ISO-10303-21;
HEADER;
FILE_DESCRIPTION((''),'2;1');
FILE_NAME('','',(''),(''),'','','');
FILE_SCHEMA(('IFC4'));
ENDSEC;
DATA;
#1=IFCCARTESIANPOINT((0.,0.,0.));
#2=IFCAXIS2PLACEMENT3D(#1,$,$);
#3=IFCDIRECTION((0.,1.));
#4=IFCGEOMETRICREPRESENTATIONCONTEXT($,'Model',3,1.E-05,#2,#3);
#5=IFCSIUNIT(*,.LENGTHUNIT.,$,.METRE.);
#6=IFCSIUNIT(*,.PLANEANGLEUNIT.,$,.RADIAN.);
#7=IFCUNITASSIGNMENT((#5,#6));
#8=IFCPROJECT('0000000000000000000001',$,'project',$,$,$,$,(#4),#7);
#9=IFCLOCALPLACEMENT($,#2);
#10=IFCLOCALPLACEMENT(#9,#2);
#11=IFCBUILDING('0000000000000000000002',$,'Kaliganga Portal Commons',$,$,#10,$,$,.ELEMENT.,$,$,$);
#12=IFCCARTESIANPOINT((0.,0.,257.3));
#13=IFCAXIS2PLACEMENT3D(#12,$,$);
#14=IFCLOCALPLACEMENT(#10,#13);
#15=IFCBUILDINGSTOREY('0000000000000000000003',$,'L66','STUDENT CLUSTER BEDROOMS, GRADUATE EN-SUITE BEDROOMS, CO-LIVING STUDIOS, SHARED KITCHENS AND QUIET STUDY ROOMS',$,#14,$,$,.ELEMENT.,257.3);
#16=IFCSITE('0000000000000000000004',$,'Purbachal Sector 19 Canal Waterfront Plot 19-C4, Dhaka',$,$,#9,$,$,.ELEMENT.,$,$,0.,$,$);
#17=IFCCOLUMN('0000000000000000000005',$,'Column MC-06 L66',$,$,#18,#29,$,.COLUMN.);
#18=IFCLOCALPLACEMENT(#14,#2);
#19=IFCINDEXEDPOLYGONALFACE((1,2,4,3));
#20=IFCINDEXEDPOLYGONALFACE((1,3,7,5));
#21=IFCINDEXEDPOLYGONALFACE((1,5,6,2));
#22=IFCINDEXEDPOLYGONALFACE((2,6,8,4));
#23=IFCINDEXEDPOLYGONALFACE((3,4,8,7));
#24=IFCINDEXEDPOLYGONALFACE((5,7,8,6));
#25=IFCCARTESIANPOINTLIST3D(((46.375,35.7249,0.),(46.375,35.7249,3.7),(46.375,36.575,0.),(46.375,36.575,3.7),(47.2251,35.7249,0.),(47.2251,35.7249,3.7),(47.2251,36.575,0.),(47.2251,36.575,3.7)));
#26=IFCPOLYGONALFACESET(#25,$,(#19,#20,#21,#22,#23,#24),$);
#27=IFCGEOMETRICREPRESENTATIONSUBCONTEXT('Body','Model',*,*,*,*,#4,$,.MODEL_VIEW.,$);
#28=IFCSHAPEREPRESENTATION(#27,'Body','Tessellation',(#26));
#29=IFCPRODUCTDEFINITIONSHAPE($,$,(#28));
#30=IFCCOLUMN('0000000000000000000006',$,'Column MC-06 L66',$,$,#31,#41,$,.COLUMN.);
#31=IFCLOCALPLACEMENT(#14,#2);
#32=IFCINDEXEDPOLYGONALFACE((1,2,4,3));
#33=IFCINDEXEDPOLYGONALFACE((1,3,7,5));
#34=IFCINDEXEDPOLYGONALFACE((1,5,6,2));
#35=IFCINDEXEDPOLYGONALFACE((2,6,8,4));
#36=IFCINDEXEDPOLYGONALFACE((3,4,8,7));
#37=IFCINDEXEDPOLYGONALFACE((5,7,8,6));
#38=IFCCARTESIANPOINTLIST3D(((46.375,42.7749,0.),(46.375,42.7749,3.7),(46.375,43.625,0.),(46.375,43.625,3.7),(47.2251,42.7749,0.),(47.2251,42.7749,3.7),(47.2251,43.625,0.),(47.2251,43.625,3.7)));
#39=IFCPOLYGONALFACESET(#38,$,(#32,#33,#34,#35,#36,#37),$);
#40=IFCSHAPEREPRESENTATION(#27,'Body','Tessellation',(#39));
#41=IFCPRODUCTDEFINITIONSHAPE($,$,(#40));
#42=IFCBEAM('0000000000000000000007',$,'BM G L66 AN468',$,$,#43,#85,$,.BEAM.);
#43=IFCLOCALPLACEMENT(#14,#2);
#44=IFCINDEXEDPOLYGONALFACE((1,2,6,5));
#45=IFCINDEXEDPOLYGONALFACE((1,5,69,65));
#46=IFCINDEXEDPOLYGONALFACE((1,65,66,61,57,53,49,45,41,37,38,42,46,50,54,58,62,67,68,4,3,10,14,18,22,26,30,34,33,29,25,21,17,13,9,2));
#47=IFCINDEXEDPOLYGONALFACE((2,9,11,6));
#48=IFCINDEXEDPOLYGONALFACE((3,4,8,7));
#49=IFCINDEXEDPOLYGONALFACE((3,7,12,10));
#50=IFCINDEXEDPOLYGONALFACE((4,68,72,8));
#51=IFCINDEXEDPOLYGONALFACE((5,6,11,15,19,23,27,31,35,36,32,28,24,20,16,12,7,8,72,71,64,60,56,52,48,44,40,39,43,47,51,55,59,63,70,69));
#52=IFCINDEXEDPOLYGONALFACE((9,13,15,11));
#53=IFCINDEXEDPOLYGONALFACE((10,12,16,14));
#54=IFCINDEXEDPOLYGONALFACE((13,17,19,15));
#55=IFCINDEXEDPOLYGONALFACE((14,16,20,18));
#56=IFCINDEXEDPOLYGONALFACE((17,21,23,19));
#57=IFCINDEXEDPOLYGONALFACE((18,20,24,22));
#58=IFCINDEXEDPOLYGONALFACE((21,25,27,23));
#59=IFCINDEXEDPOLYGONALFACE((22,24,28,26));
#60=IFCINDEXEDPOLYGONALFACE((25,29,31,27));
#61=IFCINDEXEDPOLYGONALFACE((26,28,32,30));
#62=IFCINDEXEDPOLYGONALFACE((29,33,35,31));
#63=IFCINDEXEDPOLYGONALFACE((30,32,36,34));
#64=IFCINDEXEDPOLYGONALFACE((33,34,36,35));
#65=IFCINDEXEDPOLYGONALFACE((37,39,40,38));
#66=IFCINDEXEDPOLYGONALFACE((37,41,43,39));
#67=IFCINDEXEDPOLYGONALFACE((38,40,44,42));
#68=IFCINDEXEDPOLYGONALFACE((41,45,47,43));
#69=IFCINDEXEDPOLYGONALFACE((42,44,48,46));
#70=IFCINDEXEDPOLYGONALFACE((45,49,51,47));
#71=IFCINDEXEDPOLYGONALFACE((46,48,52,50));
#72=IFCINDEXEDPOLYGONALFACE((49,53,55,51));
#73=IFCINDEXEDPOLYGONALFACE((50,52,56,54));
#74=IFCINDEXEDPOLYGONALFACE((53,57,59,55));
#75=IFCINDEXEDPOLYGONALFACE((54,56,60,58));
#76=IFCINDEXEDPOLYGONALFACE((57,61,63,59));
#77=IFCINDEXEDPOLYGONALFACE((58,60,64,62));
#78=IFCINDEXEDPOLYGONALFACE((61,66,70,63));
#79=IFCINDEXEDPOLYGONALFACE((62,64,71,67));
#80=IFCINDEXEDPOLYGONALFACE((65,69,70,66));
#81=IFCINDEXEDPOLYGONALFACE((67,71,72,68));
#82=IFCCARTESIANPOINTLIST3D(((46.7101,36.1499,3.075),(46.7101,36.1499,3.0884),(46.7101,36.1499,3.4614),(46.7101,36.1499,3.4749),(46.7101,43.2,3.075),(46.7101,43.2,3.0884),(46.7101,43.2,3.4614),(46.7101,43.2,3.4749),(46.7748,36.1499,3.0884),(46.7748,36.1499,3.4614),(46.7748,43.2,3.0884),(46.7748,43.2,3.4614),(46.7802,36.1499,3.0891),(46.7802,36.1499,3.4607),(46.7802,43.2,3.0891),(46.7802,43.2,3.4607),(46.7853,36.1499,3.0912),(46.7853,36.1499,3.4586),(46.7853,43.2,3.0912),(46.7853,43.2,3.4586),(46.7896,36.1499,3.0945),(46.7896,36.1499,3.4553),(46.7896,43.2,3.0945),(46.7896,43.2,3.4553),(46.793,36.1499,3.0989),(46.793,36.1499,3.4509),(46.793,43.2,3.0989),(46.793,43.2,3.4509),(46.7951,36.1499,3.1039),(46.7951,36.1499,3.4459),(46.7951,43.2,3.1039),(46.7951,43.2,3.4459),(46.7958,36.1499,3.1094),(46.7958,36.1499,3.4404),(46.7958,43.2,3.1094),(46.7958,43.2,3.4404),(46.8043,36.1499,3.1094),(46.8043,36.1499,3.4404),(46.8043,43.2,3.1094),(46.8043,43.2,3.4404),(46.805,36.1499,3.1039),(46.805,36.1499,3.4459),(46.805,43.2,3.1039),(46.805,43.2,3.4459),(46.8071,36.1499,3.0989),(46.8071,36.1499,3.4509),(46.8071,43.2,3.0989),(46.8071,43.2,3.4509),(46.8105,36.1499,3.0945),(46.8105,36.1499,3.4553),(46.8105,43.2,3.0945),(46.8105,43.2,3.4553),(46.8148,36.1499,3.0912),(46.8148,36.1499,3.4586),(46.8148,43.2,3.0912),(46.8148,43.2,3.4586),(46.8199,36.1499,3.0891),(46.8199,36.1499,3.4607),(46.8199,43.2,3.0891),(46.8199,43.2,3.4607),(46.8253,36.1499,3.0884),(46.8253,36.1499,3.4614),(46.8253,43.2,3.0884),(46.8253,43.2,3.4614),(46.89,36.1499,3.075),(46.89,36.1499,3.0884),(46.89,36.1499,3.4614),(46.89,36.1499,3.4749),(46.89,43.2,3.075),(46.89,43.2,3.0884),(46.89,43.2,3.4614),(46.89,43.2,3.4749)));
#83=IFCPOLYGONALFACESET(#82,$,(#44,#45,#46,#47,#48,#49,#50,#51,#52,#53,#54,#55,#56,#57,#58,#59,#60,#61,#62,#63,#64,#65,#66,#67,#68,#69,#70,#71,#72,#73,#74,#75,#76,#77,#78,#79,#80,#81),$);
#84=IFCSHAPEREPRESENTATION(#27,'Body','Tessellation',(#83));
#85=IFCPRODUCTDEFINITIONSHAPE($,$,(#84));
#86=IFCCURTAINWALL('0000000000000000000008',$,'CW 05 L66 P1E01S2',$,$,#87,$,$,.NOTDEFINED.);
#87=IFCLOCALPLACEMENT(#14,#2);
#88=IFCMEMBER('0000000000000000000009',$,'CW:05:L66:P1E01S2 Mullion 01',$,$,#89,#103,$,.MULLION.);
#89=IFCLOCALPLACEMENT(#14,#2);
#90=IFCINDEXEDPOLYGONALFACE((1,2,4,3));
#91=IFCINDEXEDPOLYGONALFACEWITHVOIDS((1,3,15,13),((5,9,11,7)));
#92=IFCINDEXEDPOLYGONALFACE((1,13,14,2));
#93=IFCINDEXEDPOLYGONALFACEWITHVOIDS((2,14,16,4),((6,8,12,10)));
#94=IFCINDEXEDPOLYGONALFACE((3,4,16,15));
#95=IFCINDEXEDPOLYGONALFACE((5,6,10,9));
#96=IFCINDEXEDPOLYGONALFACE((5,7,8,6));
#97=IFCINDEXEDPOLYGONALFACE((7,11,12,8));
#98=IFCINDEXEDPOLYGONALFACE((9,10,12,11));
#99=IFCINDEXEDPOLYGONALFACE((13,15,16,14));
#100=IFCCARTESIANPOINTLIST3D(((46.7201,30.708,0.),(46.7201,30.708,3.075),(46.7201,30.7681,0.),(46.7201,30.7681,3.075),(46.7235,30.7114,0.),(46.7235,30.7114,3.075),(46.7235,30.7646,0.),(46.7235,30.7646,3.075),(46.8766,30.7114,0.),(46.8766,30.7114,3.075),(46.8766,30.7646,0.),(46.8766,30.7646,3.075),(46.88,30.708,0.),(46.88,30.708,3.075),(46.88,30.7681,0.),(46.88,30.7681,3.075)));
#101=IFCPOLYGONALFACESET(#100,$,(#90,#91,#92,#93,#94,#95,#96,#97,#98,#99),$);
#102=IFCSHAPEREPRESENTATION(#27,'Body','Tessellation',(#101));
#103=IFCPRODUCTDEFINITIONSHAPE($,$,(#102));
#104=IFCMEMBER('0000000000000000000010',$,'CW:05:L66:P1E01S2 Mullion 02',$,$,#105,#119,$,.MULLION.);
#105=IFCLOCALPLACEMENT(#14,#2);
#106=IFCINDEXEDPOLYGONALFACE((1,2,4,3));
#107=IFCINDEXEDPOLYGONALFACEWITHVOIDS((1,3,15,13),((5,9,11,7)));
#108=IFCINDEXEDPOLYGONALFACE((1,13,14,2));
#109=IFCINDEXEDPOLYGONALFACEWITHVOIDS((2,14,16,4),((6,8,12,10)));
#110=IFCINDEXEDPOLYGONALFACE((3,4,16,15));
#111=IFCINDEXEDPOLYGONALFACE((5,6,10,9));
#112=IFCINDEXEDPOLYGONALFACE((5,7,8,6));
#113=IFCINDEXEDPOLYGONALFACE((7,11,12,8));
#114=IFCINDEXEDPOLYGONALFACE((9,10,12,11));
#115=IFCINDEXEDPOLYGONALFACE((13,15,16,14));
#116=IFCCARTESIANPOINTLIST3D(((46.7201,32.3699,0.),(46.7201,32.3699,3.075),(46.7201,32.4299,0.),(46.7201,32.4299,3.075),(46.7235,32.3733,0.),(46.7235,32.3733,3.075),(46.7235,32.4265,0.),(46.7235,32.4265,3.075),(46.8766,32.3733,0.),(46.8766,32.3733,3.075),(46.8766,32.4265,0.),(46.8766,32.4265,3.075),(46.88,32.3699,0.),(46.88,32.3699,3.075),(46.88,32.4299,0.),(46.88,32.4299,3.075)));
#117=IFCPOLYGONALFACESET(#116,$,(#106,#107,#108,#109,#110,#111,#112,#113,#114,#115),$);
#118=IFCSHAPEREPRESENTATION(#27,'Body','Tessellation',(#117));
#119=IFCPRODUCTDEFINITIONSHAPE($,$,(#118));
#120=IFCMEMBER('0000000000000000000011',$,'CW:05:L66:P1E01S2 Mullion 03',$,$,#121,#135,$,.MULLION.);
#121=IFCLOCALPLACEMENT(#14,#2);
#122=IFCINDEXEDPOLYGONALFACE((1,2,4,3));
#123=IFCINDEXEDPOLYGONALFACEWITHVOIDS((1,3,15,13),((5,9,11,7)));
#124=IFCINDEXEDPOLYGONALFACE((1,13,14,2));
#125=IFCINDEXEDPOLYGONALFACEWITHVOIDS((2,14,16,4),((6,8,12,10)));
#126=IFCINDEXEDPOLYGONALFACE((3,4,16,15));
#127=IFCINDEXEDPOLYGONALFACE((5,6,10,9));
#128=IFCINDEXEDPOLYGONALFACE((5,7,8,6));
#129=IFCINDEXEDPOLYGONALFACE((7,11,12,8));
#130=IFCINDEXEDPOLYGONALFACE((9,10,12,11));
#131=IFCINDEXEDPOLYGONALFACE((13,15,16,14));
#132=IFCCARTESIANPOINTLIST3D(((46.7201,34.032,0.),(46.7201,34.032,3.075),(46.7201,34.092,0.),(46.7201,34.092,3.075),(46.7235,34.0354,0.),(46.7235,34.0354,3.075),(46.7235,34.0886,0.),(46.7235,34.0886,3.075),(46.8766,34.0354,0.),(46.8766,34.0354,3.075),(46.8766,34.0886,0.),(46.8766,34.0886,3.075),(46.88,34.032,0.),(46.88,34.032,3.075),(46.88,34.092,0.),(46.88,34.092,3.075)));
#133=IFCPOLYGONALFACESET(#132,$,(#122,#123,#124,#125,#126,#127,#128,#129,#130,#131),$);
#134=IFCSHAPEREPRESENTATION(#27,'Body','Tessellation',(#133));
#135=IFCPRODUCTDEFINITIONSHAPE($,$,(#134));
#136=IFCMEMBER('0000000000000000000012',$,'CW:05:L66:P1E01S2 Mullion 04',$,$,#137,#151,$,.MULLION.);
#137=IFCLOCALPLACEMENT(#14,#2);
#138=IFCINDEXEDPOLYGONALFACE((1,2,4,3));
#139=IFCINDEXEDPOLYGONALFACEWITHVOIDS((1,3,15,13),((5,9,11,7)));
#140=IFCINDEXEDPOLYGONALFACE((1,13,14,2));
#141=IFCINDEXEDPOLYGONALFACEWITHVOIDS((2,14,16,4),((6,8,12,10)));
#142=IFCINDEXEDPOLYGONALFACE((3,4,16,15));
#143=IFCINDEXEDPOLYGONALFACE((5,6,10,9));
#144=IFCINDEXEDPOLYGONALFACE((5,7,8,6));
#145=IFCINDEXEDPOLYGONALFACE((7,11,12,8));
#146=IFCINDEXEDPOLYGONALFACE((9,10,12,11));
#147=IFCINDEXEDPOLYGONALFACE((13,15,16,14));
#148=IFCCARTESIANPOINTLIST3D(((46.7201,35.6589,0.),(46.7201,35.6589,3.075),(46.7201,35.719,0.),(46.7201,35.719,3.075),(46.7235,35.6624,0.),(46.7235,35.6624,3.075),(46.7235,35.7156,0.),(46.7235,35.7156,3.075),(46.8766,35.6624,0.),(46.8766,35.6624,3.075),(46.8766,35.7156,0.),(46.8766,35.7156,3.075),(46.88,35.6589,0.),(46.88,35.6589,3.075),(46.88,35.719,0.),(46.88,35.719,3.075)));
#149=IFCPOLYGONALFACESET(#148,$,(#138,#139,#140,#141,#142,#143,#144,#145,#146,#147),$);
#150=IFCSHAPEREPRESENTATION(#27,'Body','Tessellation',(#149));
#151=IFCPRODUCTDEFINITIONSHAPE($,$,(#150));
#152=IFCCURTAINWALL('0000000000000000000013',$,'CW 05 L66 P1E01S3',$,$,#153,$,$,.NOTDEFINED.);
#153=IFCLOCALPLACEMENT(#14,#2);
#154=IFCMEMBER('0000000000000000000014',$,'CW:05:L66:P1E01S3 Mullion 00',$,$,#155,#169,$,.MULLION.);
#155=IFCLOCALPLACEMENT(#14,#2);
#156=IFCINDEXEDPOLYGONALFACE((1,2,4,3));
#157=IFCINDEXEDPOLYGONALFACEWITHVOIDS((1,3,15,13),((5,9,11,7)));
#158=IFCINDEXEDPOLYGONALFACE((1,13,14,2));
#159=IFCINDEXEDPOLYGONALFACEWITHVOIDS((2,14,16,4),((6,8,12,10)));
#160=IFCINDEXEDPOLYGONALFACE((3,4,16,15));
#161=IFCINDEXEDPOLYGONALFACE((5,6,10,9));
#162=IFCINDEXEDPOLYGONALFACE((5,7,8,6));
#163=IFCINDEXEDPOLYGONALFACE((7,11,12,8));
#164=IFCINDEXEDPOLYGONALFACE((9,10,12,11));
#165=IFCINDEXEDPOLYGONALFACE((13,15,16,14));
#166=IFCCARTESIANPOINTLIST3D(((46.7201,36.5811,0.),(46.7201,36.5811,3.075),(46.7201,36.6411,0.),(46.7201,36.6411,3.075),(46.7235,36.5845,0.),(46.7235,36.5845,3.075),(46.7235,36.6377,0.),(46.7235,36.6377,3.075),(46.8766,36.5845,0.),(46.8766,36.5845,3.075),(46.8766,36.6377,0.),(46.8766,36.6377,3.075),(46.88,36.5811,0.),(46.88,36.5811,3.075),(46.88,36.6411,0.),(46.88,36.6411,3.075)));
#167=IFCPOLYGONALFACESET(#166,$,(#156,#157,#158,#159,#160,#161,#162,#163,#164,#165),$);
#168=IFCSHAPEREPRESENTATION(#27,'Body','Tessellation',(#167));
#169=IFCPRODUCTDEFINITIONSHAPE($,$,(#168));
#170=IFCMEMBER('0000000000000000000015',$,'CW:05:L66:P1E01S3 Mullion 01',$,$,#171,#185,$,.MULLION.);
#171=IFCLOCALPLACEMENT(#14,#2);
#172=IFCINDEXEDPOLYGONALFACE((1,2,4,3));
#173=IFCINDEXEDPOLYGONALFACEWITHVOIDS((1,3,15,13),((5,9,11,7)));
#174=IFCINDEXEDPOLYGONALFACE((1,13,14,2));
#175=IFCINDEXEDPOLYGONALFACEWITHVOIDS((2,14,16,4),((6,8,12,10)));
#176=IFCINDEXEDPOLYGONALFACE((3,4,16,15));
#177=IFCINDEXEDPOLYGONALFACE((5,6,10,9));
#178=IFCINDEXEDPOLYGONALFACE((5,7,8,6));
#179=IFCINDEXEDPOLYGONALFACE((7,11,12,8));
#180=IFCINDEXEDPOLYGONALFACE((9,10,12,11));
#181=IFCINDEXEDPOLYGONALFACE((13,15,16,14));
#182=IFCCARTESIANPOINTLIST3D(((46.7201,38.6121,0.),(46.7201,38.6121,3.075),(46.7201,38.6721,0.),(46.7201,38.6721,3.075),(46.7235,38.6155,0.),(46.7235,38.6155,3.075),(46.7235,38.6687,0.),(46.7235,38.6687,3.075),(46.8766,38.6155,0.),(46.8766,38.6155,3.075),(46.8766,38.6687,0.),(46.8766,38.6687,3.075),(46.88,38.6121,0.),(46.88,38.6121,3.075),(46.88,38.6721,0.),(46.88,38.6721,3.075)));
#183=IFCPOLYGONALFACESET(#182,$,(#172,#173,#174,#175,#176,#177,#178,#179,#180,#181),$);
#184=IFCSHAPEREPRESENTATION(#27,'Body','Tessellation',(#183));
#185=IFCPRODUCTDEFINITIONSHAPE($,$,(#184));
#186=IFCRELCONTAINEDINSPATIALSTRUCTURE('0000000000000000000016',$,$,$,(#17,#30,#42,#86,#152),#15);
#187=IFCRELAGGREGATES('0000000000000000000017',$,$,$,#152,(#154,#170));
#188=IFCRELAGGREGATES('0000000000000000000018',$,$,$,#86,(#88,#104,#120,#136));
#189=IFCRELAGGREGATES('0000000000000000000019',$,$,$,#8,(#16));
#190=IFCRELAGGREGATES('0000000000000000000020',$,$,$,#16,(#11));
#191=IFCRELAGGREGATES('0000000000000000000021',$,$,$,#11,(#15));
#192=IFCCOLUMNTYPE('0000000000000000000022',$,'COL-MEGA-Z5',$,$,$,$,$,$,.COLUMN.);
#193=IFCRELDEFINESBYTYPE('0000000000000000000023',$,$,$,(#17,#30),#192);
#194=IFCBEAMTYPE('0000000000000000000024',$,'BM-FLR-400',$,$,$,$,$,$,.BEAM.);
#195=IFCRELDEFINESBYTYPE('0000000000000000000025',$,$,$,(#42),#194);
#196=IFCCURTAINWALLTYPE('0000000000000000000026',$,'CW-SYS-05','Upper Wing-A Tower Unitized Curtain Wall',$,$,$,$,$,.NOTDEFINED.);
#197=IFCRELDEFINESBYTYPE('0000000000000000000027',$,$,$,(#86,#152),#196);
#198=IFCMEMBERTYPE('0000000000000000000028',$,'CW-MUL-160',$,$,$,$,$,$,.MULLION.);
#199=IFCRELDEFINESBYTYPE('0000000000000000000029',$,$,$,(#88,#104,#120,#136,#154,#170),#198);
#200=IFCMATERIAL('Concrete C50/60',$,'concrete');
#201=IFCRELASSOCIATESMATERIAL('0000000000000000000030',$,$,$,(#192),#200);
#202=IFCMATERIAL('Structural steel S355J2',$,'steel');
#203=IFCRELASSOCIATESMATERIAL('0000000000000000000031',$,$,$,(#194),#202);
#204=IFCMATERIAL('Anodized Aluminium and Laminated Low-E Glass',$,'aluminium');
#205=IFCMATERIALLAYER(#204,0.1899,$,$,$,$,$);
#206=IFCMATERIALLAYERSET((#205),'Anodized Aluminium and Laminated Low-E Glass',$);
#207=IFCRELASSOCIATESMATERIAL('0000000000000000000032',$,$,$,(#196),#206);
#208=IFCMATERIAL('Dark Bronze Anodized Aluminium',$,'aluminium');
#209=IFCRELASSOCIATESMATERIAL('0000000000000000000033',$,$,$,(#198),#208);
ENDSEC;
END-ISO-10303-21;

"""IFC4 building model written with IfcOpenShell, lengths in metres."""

from ifc_helpers import new_model, si_unit, direction, frame, origin, origin_2d, place, context, subcontext, project, spatial, rectangle, hollow_rectangle, i_section, extrude, source, transform, mapped, material, layer, layer_set, material_profile, profile_set, type_object, element, aggregate, save


model = new_model("IFC4")

# Units and contexts
model_context = context("Model", 3, precision=1e-05, world=origin(), true_north=direction((0.0, 1.0)))
body_context = subcontext(model_context, "Body", "Model", "MODEL_VIEW")
ifc_project = project(units=[si_unit("LENGTHUNIT", "METRE"), si_unit("PLANEANGLEUNIT", "RADIAN")], contexts=[model_context])

# Site, building, storey
site_placement = place(None, origin())
site = spatial("IfcSite", under=ifc_project, at=site_placement, Name="Purbachal Sector 19 Canal Waterfront Plot 19-C4, Dhaka", CompositionType="ELEMENT", RefElevation=0.0)
building_placement = place(site_placement, origin())
building = spatial("IfcBuilding", under=site, at=building_placement, Name="Kaliganga Portal Commons", CompositionType="ELEMENT")
storey_placement = place(building_placement, frame((0.0, 0.0, 257.3)))
storey = spatial("IfcBuildingStorey", under=building, at=storey_placement, Name="L66", Description="STUDENT CLUSTER BEDROOMS, GRADUATE EN-SUITE BEDROOMS, CO-LIVING STUDIOS, SHARED KITCHENS AND QUIET STUDY ROOMS", CompositionType="ELEMENT", Elevation=257.3)

# Columns
ifc_material_1 = material(Name="Concrete C50/60", Category="concrete")
ifc_material_profile_1 = material_profile(ifc_material_1, rectangle(XDim=0.8501, YDim=0.8501, at=origin_2d()), Name="RC 850x850")
ifc_profile_set_1 = profile_set([ifc_material_profile_1], Name="Concrete C50/60")
column_type = type_object("IfcColumnType", Name="COL-MEGA-Z5", PredefinedType="COLUMN", material=ifc_profile_set_1)
shared_shape_1 = source(origin(), body_context, "Body", "SweptSolid", [
    extrude(rectangle(XDim=0.8501, YDim=0.8501, at=origin_2d()), origin(), (0.0, 0.0, 1.0), 3.7),
])
for number, where, z_axis, x_axis, name in (
    (1, (46.8, 36.1499, 0.0), (0.0, 0.0, 1.0), (1.0, 0.0, 0.0), "Column MC-06 L66"),
    (2, (46.8, 43.2, 0.0), (0.0, 0.0, 1.0), (1.0, 0.0, 0.0), "Column MC-06 L66"),
):
    element("IfcColumn", number, at=place(storey_placement, frame(where, z_axis=z_axis, x_axis=x_axis)), inside=storey, type_object=column_type, Name=name, PredefinedType="COLUMN", context=body_context, shape_type="MappedRepresentation", body=[
        mapped(shared_shape_1, transform((0.0, 0.0, 0.0), x_axis=(1.0, 0.0, 0.0), y_axis=(0.0, 1.0, 0.0), z_axis=(0.0, 0.0, 1.0), scale=1.0)),
    ])

# Beam
ifc_material_2 = material(Name="Structural steel S355J2", Category="steel")
ifc_material_profile_2 = material_profile(ifc_material_2, i_section(OverallWidth=0.1799, OverallDepth=0.3999, WebThickness=0.0085, FlangeThickness=0.0134, FilletRadius=0.021, at=origin_2d()), Name="IPE 400")
ifc_profile_set_2 = profile_set([ifc_material_profile_2], Name="Structural steel S355J2 wide-flange")
beam_type = type_object("IfcBeamType", Name="BM-FLR-400", PredefinedType="BEAM", material=ifc_profile_set_2)
shared_shape_2 = source(origin(), body_context, "Body", "SweptSolid", [
    extrude(i_section(OverallWidth=0.1799, OverallDepth=0.3999, WebThickness=0.0085, FlangeThickness=0.0134, FilletRadius=0.021, at=origin_2d()), origin(), (0.0, 0.0, 1.0), 7.05),
])
beam_placement = place(storey_placement, frame((46.8, 36.1499, 3.2749), z_axis=(0.0, 1.0, 0.0), x_axis=(-1.0, 0.0, 0.0)))
element("IfcBeam", 3, at=beam_placement, inside=storey, type_object=beam_type, Name="BM G L66 AN468", PredefinedType="BEAM", context=body_context, shape_type="MappedRepresentation", body=[
    mapped(shared_shape_2, transform((0.0, 0.0, 0.0), x_axis=(1.0, 0.0, 0.0), y_axis=(0.0, 1.0, 0.0), z_axis=(0.0, 0.0, 1.0), scale=1.0)),
])

# Curtain wall, members
ifc_material_3 = material(Name="Anodized Aluminium and Laminated Low-E Glass", Category="aluminium")
ifc_layer_1 = layer(ifc_material_3, 0.1899)
ifc_layer_set_1 = layer_set([ifc_layer_1], Name="Anodized Aluminium and Laminated Low-E Glass")
curtain_wall_type = type_object("IfcCurtainWallType", Name="CW-SYS-05", Description="Upper Wing-A Tower Unitized Curtain Wall", PredefinedType="NOTDEFINED", material=ifc_layer_set_1)
curtain_wall_1_placement = place(storey_placement, origin())
curtain_wall_1 = element("IfcCurtainWall", 4, at=curtain_wall_1_placement, inside=storey, type_object=curtain_wall_type, Name="CW 05 L66 P1E01S2", PredefinedType="NOTDEFINED")
ifc_material_4 = material(Name="Dark Bronze Anodized Aluminium", Category="aluminium")
ifc_material_profile_3 = material_profile(ifc_material_4, hollow_rectangle(XDim=0.0601, YDim=0.1599, WallThickness=0.0034, at=origin_2d()), Name="ALU MULL 60x160x3.5")
ifc_profile_set_3 = profile_set([ifc_material_profile_3], Name="Dark Bronze Anodized Aluminium")
member_type_1 = type_object("IfcMemberType", Name="CW-MUL-160", PredefinedType="MULLION", material=ifc_profile_set_3)
shared_shape_3 = source(origin(), body_context, "Body", "SweptSolid", [
    extrude(hollow_rectangle(XDim=0.0601, YDim=0.1599, WallThickness=0.0034, at=origin_2d()), origin(), (0.0, 0.0, 1.0), 3.075),
])
member_1_placement = place(storey_placement, frame((46.8, 30.738, 0.0), z_axis=(0.0, 0.0, 1.0), x_axis=(0.0, 1.0, 0.0)))
member_1 = element("IfcMember", 5, at=member_1_placement, type_object=member_type_1, Name="CW:05:L66:P1E01S2 Mullion 01", PredefinedType="MULLION", context=body_context, shape_type="MappedRepresentation", body=[
    mapped(shared_shape_3, transform((0.0, 0.0, 0.0), x_axis=(1.0, 0.0, 0.0), y_axis=(0.0, 1.0, 0.0), z_axis=(0.0, 0.0, 1.0), scale=1.0)),
])
member_2_placement = place(storey_placement, frame((46.8, 32.3999, 0.0), z_axis=(0.0, 0.0, 1.0), x_axis=(0.0, 1.0, 0.0)))
member_2 = element("IfcMember", 6, at=member_2_placement, type_object=member_type_1, Name="CW:05:L66:P1E01S2 Mullion 02", PredefinedType="MULLION", context=body_context, shape_type="MappedRepresentation", body=[
    mapped(shared_shape_3, transform((0.0, 0.0, 0.0), x_axis=(1.0, 0.0, 0.0), y_axis=(0.0, 1.0, 0.0), z_axis=(0.0, 0.0, 1.0), scale=1.0)),
])
member_3_placement = place(storey_placement, frame((46.8, 34.062, 0.0), z_axis=(0.0, 0.0, 1.0), x_axis=(0.0, 1.0, 0.0)))
member_3 = element("IfcMember", 7, at=member_3_placement, type_object=member_type_1, Name="CW:05:L66:P1E01S2 Mullion 03", PredefinedType="MULLION", context=body_context, shape_type="MappedRepresentation", body=[
    mapped(shared_shape_3, transform((0.0, 0.0, 0.0), x_axis=(1.0, 0.0, 0.0), y_axis=(0.0, 1.0, 0.0), z_axis=(0.0, 0.0, 1.0), scale=1.0)),
])
member_4_placement = place(storey_placement, frame((46.8, 35.689, 0.0), z_axis=(0.0, 0.0, 1.0), x_axis=(0.0, 1.0, 0.0)))
member_4 = element("IfcMember", 8, at=member_4_placement, type_object=member_type_1, Name="CW:05:L66:P1E01S2 Mullion 04", PredefinedType="MULLION", context=body_context, shape_type="MappedRepresentation", body=[
    mapped(shared_shape_3, transform((0.0, 0.0, 0.0), x_axis=(1.0, 0.0, 0.0), y_axis=(0.0, 1.0, 0.0), z_axis=(0.0, 0.0, 1.0), scale=1.0)),
])

# Curtain wall, members
curtain_wall_2_placement = place(storey_placement, origin())
curtain_wall_2 = element("IfcCurtainWall", 9, at=curtain_wall_2_placement, inside=storey, type_object=curtain_wall_type, Name="CW 05 L66 P1E01S3", PredefinedType="NOTDEFINED")
member_5_placement = place(storey_placement, frame((46.8, 36.6111, 0.0), z_axis=(0.0, 0.0, 1.0), x_axis=(0.0, 1.0, 0.0)))
member_5 = element("IfcMember", 10, at=member_5_placement, type_object=member_type_1, Name="CW:05:L66:P1E01S3 Mullion 00", PredefinedType="MULLION", context=body_context, shape_type="MappedRepresentation", body=[
    mapped(shared_shape_3, transform((0.0, 0.0, 0.0), x_axis=(1.0, 0.0, 0.0), y_axis=(0.0, 1.0, 0.0), z_axis=(0.0, 0.0, 1.0), scale=1.0)),
])
member_6_placement = place(storey_placement, frame((46.8, 38.6421, 0.0), z_axis=(0.0, 0.0, 1.0), x_axis=(0.0, 1.0, 0.0)))
member_6 = element("IfcMember", 11, at=member_6_placement, type_object=member_type_1, Name="CW:05:L66:P1E01S3 Mullion 01", PredefinedType="MULLION", context=body_context, shape_type="MappedRepresentation", body=[
    mapped(shared_shape_3, transform((0.0, 0.0, 0.0), x_axis=(1.0, 0.0, 0.0), y_axis=(0.0, 1.0, 0.0), z_axis=(0.0, 0.0, 1.0), scale=1.0)),
])
aggregate(curtain_wall_2, [member_5, member_6])

aggregate(curtain_wall_1, [member_1, member_2, member_3, member_4])

save(model, "model.ifc")
